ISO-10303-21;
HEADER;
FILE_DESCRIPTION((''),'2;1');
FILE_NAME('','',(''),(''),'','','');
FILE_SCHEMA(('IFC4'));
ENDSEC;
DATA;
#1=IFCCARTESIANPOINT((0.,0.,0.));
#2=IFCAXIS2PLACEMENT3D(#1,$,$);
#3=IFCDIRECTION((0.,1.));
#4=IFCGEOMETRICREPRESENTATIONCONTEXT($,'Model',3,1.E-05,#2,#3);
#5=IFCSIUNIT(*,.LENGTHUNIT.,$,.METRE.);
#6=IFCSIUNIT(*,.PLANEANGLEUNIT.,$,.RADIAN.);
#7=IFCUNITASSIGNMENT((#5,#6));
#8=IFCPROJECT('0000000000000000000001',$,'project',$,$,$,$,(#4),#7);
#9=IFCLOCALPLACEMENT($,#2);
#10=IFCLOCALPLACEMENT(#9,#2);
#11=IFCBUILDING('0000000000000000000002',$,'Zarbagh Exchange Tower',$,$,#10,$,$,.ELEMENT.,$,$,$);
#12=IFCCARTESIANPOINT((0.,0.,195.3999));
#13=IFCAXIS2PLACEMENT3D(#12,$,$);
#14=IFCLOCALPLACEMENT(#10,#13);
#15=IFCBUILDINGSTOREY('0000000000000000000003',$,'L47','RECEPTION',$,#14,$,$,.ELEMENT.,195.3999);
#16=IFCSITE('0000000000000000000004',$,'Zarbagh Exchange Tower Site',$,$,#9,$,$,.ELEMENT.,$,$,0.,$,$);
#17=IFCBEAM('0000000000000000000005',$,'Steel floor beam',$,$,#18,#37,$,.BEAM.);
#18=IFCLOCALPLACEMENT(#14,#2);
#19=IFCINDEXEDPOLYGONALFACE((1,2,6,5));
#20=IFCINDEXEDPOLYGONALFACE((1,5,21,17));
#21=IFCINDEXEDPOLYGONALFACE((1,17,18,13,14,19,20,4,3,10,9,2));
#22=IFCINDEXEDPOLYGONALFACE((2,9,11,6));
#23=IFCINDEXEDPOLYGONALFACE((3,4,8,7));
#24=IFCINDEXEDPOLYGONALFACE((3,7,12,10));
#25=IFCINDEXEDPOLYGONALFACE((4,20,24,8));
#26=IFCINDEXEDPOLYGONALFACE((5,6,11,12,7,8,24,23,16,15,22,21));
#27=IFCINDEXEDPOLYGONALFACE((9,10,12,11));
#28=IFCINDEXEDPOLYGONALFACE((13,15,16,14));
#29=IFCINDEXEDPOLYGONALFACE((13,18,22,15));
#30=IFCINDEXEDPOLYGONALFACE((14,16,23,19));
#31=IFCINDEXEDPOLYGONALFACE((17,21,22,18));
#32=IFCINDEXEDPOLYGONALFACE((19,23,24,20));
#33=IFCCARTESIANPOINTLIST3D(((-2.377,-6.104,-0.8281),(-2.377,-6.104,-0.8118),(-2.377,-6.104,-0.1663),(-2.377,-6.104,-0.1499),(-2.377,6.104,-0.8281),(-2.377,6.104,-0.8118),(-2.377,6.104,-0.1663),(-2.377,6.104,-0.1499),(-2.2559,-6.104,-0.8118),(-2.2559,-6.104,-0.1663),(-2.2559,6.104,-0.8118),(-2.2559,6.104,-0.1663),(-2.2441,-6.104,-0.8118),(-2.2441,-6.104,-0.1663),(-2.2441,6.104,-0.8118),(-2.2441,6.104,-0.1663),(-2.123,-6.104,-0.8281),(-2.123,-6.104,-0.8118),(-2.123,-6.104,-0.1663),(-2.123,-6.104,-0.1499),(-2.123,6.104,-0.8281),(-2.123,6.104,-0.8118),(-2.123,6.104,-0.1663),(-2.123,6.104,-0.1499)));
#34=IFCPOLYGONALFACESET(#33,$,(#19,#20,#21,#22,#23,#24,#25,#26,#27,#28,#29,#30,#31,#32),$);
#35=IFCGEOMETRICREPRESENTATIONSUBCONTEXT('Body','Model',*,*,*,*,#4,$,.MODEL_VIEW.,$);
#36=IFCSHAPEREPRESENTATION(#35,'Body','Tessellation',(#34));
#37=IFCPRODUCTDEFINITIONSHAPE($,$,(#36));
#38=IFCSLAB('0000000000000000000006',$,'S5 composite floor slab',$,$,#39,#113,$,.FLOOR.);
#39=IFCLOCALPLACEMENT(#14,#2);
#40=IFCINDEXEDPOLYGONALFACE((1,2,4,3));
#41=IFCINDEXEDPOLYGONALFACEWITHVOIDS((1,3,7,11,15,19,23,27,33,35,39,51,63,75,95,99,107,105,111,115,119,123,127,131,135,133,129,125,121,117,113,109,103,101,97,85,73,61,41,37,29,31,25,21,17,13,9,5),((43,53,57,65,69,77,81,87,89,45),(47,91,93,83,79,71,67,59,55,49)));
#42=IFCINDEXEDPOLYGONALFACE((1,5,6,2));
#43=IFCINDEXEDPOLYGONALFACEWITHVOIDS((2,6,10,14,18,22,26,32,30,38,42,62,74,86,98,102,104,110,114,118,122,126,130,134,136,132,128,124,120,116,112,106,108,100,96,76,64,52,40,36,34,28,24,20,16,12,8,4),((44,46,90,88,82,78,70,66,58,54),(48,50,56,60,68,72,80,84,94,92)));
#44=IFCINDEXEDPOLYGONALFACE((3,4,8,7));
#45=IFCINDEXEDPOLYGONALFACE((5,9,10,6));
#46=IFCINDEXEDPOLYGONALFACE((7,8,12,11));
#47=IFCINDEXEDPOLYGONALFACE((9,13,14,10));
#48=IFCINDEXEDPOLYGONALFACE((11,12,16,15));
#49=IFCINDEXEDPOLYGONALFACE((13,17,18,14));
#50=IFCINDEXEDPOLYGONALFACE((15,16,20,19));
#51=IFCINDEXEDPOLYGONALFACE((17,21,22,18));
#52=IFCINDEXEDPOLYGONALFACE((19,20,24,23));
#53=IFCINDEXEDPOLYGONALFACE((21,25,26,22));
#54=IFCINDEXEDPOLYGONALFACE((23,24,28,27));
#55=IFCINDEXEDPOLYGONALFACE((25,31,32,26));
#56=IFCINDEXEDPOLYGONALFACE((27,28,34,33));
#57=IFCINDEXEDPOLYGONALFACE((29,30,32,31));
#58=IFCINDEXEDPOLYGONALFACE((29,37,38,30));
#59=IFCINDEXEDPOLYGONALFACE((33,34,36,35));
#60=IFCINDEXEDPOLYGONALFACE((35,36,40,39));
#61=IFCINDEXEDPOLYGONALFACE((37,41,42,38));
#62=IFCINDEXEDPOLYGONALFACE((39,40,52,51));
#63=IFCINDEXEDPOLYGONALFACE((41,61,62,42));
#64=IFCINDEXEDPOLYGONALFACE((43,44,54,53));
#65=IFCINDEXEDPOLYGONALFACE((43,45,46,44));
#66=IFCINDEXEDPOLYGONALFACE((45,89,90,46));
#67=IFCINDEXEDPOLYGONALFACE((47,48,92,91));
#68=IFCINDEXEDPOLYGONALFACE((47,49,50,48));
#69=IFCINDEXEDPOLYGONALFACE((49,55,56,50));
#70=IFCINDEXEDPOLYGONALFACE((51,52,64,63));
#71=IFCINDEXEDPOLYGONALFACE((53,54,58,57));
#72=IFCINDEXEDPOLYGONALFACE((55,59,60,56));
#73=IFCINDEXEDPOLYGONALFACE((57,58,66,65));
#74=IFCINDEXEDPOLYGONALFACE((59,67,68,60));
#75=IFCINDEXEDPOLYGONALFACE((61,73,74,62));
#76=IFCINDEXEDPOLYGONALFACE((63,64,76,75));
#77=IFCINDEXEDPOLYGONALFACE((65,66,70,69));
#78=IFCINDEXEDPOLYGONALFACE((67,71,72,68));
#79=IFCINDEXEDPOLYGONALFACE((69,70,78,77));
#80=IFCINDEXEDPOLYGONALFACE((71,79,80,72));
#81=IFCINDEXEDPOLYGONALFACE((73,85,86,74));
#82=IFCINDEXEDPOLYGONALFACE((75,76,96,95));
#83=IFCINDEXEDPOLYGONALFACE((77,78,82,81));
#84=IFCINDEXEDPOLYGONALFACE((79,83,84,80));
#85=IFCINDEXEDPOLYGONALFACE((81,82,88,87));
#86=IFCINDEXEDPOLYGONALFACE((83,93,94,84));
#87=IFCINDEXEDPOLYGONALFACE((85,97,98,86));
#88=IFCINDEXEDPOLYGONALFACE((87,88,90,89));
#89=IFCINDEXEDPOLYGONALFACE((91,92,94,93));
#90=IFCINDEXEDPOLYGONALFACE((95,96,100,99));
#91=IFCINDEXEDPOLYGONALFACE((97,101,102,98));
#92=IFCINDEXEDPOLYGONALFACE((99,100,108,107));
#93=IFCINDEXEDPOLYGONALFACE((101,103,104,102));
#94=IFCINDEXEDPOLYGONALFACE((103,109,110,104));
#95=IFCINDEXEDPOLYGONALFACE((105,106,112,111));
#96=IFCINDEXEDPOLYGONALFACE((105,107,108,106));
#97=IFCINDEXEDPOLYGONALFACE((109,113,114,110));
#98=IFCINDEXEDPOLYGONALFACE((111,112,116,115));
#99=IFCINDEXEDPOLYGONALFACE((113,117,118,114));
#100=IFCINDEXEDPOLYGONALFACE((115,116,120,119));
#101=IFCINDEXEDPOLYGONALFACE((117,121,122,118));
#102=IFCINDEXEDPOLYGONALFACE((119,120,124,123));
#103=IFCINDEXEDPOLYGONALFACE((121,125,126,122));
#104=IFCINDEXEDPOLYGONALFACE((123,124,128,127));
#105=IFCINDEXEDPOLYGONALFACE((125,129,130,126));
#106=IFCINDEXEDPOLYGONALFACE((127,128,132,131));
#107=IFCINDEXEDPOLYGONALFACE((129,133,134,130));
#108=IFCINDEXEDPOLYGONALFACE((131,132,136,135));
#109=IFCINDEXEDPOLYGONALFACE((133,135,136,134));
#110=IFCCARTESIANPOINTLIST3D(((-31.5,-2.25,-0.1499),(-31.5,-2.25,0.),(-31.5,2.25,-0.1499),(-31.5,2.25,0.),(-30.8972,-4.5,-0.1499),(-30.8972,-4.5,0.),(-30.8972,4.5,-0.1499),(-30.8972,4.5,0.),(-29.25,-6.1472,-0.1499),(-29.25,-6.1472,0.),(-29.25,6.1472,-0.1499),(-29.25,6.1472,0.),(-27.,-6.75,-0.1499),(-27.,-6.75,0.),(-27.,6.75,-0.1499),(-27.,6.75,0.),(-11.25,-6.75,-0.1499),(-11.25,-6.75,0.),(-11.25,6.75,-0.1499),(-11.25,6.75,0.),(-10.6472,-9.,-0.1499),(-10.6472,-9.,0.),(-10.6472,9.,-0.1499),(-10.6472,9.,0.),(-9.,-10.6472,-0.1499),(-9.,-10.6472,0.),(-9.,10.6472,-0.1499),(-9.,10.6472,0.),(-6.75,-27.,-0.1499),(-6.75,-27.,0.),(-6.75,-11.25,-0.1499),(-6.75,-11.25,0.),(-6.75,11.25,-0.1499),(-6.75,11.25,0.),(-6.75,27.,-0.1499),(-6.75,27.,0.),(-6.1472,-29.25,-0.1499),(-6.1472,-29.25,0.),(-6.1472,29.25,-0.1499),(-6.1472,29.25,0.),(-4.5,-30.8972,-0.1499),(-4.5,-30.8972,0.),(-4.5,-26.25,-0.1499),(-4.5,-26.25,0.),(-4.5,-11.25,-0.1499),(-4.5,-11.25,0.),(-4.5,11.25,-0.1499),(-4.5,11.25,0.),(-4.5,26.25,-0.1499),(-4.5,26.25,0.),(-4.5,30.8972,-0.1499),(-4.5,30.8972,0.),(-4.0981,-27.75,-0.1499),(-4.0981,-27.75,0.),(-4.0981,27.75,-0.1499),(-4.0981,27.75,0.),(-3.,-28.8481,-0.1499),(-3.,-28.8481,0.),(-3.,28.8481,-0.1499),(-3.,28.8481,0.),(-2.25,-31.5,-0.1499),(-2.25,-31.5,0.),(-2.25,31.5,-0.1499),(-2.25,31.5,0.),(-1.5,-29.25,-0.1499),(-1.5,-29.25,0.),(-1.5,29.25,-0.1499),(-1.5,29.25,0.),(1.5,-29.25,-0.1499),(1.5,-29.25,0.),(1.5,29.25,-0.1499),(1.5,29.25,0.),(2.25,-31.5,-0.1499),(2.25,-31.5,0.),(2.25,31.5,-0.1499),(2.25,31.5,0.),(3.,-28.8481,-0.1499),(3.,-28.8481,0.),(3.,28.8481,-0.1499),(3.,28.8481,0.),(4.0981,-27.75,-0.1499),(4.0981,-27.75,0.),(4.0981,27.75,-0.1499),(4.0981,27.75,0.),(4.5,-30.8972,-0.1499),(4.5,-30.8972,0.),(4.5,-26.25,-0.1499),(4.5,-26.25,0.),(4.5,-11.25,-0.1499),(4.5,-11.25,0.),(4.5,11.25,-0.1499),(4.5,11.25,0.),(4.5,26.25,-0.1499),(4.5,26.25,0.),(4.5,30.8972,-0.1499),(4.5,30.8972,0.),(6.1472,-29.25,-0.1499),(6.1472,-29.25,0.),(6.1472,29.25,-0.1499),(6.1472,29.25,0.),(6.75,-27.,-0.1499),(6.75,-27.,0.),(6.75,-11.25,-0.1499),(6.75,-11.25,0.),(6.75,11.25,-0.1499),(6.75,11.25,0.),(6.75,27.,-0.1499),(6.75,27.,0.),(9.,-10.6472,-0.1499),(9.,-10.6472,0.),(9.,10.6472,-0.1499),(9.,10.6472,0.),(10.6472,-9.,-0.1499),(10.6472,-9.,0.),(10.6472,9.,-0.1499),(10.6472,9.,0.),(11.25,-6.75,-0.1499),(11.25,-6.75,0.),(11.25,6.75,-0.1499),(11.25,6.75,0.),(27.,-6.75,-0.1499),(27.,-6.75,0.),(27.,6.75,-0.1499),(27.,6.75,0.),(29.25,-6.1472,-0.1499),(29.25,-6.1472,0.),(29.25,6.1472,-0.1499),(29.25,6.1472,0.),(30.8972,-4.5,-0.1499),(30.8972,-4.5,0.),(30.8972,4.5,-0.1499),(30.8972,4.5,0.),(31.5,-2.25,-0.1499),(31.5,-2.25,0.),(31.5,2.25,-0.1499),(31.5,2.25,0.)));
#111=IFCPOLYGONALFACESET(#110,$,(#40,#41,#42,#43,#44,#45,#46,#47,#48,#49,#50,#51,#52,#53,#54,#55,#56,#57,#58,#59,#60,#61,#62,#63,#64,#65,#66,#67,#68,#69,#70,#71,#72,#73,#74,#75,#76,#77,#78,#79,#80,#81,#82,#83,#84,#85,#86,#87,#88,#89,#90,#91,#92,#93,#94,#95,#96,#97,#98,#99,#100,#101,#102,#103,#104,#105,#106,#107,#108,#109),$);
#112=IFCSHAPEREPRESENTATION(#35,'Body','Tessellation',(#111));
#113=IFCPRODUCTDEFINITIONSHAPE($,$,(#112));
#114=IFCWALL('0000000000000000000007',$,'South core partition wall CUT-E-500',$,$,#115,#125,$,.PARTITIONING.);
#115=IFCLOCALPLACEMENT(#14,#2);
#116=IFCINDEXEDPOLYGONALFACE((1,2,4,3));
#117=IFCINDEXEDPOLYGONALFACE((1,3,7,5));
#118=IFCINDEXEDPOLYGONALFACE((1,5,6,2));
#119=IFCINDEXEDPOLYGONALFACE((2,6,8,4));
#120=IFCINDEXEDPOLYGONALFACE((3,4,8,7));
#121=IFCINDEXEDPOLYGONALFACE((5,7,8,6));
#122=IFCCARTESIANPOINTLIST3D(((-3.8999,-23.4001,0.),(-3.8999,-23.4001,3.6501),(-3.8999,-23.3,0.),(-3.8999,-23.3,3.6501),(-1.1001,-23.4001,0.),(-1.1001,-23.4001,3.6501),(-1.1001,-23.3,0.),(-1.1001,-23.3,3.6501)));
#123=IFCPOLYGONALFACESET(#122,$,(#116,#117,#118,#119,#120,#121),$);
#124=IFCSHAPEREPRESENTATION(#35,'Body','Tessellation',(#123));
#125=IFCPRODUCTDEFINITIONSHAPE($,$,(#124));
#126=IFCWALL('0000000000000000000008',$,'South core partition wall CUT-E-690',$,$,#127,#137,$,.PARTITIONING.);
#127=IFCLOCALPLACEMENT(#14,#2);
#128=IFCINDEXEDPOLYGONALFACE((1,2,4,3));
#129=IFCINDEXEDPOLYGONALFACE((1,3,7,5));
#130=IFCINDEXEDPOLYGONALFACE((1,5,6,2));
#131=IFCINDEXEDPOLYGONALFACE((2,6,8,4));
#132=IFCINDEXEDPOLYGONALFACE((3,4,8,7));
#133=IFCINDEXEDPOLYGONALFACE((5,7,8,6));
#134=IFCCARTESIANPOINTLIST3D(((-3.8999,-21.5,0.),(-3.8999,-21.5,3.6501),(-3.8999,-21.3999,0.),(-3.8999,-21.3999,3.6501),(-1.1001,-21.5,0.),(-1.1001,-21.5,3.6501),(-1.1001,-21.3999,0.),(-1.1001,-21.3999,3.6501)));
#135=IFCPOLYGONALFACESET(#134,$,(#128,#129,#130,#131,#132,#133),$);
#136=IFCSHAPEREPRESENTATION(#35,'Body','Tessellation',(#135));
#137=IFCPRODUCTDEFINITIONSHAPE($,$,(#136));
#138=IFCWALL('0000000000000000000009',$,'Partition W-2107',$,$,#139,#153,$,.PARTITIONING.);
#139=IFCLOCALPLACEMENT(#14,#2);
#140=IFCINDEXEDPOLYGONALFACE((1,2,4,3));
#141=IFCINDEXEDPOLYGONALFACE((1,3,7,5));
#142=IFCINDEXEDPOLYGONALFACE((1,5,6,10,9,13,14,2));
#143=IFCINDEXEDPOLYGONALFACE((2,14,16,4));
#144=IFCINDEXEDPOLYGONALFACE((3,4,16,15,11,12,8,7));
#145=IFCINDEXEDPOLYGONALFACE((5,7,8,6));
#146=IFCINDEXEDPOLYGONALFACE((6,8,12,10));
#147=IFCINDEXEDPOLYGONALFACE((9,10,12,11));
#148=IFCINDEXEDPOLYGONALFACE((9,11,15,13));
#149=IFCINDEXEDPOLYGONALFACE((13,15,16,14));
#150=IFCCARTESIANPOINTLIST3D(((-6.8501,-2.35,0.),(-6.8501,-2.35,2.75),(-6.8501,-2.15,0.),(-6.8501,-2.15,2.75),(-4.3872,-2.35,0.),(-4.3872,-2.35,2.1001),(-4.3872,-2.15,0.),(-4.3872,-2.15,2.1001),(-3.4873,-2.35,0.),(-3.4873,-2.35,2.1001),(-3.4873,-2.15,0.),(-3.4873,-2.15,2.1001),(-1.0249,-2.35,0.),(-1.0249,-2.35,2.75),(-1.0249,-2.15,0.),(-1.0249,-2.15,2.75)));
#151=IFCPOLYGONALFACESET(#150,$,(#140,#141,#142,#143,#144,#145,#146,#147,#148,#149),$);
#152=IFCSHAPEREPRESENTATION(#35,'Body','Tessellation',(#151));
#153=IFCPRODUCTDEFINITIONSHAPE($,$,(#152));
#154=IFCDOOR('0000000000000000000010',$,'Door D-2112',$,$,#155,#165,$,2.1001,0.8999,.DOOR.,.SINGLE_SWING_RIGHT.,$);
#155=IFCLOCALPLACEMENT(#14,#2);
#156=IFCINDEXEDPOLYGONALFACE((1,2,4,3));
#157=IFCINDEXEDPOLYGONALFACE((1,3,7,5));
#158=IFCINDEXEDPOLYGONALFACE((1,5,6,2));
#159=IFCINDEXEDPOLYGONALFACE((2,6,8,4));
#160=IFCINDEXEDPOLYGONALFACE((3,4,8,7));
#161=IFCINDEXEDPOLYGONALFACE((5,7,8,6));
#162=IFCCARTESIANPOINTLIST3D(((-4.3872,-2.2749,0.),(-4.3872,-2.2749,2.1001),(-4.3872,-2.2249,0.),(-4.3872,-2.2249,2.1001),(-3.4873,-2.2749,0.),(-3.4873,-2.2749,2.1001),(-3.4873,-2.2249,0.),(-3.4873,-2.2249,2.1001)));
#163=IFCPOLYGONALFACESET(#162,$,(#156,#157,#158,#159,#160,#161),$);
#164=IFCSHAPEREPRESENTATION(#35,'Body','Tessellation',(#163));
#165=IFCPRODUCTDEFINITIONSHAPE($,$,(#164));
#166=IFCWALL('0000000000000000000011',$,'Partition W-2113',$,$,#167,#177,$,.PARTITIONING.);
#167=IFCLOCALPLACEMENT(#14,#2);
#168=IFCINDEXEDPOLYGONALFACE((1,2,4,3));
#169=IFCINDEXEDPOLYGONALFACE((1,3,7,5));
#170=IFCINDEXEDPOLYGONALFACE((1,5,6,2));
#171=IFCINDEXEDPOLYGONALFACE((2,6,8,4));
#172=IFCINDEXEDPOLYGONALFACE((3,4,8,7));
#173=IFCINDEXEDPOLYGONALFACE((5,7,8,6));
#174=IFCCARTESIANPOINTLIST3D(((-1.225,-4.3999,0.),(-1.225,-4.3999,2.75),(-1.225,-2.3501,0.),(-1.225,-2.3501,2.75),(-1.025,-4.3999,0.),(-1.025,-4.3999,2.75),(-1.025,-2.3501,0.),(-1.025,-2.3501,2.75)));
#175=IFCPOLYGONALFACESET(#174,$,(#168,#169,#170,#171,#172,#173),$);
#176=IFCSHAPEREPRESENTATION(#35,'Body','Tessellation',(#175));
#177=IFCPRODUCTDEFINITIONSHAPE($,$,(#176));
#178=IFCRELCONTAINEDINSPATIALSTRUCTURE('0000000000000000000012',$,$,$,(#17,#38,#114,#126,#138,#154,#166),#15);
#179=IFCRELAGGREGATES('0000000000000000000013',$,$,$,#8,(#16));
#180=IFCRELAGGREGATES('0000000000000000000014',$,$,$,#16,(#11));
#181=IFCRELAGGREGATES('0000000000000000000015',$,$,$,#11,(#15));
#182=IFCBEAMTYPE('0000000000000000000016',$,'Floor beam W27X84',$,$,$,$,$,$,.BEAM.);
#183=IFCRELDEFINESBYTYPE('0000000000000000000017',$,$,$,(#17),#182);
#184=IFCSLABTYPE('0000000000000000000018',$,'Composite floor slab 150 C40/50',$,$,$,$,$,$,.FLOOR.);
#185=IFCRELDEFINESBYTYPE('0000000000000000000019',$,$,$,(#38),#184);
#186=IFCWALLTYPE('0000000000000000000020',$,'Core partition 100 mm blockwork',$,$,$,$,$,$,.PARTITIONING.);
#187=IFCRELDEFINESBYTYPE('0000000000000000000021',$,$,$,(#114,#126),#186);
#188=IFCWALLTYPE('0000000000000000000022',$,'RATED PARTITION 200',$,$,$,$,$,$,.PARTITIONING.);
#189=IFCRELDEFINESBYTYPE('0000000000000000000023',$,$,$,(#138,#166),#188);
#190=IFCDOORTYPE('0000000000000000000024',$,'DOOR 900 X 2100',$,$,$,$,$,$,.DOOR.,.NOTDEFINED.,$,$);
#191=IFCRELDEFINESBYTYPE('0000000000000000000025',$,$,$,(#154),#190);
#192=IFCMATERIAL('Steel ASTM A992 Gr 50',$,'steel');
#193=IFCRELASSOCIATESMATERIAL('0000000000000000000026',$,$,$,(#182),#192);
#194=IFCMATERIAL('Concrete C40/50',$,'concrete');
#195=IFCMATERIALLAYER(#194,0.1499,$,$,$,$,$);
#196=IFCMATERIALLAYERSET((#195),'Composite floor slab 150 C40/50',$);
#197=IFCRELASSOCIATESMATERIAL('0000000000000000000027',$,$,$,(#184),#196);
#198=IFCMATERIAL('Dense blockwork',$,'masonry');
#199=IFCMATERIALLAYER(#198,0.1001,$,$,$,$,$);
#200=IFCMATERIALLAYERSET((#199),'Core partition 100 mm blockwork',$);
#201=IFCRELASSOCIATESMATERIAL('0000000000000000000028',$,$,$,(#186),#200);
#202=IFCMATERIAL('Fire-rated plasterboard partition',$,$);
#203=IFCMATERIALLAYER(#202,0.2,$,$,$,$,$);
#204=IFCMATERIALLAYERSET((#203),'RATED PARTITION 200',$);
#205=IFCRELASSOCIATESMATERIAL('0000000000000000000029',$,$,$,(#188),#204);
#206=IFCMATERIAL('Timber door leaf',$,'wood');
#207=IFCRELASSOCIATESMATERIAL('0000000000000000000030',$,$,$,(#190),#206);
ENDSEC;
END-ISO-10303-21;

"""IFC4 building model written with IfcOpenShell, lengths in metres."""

from ifc_helpers import new_model, si_unit, direction, frame, frame_2d, origin, origin_2d, place, context, subcontext, project, spatial, polyline, rectangle, i_section, outline, extrude, material, layer, layer_set, material_profile, profile_set, type_object, element, fill, save


model = new_model("IFC4")

# Units and contexts
model_context = context("Model", 3, precision=1e-05, world=origin(), true_north=direction((0.0, 1.0)))
body_context = subcontext(model_context, "Body", "Model", "MODEL_VIEW")
ifc_project = project(units=[si_unit("LENGTHUNIT", "METRE"), si_unit("PLANEANGLEUNIT", "RADIAN")], contexts=[model_context])

# Site, building, storey
site_placement = place(None, origin())
site = spatial("IfcSite", under=ifc_project, at=site_placement, Name="Zarbagh Exchange Tower Site", CompositionType="ELEMENT", RefElevation=0.0)
building_placement = place(site_placement, origin())
building = spatial("IfcBuilding", under=site, at=building_placement, Name="Zarbagh Exchange Tower", CompositionType="ELEMENT")
storey_placement = place(building_placement, frame((0.0, 0.0, 195.3999)))
storey = spatial("IfcBuildingStorey", under=building, at=storey_placement, Name="L47", Description="RECEPTION", CompositionType="ELEMENT", Elevation=195.3999)

# Beam
ifc_material_1 = material(Name="Steel ASTM A992 Gr 50", Category="steel")
ifc_material_profile = material_profile(ifc_material_1, i_section(OverallWidth=0.2539, OverallDepth=0.6782, WebThickness=0.0117, FlangeThickness=0.0164, at=origin_2d()), Name="W27X84")
ifc_profile_set = profile_set([ifc_material_profile], Name="Steel ASTM A992 Gr 50")
beam_type = type_object("IfcBeamType", Name="Floor beam W27X84", PredefinedType="BEAM", material=ifc_profile_set)
beam_placement = place(storey_placement, frame((-2.25, -6.104, -0.489), z_axis=(0.0, 1.0, 0.0), x_axis=(-1.0, 0.0, 0.0)))
element("IfcBeam", 1, at=beam_placement, inside=storey, type_object=beam_type, Name="Steel floor beam", PredefinedType="BEAM", context=body_context, shape_type="SweptSolid", body=[
    extrude(i_section(OverallWidth=0.2539, OverallDepth=0.6782, WebThickness=0.0117, FlangeThickness=0.0164, at=origin_2d()), origin(), (0.0, 0.0, 1.0), 12.208),
])

# Slab
ifc_material_2 = material(Name="Concrete C40/50", Category="concrete")
ifc_layer_1 = layer(ifc_material_2, 0.1499)
ifc_layer_set_1 = layer_set([ifc_layer_1], Name="Composite floor slab 150 C40/50")
slab_type = type_object("IfcSlabType", Name="Composite floor slab 150 C40/50", PredefinedType="FLOOR", material=ifc_layer_set_1)
slab_placement = place(storey_placement, frame((0.0, 0.0, -0.1499)))
element("IfcSlab", 2, at=slab_placement, inside=storey, type_object=slab_type, Name="S5 composite floor slab", PredefinedType="FLOOR", context=body_context, shape_type="SweptSolid", body=[
    extrude(outline(polyline([(-2.25, -31.5), (-4.5, -30.8972), (-6.1472, -29.25), (-6.75, -27.0), (-6.75, -11.25), (-9.0, -10.6472), (-10.6472, -9.0), (-11.25, -6.75), (-27.0, -6.75), (-29.25, -6.1472), (-30.8972, -4.5), (-31.5, -2.25), (-31.5, 2.25), (-30.8972, 4.5), (-29.25, 6.1472), (-27.0, 6.75), (-11.25, 6.75), (-10.6472, 9.0), (-9.0, 10.6472), (-6.75, 11.25), (-6.75, 27.0), (-6.1472, 29.25), (-4.5, 30.8972), (-2.25, 31.5), (2.25, 31.5), (4.5, 30.8972), (6.1472, 29.25), (6.75, 27.0), (6.75, 11.25), (9.0, 10.6472), (10.6472, 9.0), (11.25, 6.75), (27.0, 6.75), (29.25, 6.1472), (30.8972, 4.5), (31.5, 2.25), (31.5, -2.25), (30.8972, -4.5), (29.25, -6.1472), (27.0, -6.75), (11.25, -6.75), (10.6472, -9.0), (9.0, -10.6472), (6.75, -11.25), (6.75, -27.0), (6.1472, -29.25), (4.5, -30.8972), (2.25, -31.5), (-2.25, -31.5)]), holes=[polyline([(4.5, 11.25), (4.5, 26.25), (4.0981, 27.75), (3.0, 28.8481), (1.5, 29.25), (-1.5, 29.25), (-3.0, 28.8481), (-4.0981, 27.75), (-4.5, 26.25), (-4.5, 11.25), (4.5, 11.25)]), polyline([(-1.5, -29.25), (1.5, -29.25), (3.0, -28.8481), (4.0981, -27.75), (4.5, -26.25), (4.5, -11.25), (-4.5, -11.25), (-4.5, -26.25), (-4.0981, -27.75), (-3.0, -28.8481), (-1.5, -29.25)])]), origin(), (0.0, 0.0, 1.0), 0.1499),
])

# Walls
ifc_material_3 = material(Name="Dense blockwork", Category="masonry")
ifc_layer_2 = layer(ifc_material_3, 0.1001)
ifc_layer_set_2 = layer_set([ifc_layer_2], Name="Core partition 100 mm blockwork")
wall_type_1 = type_object("IfcWallType", Name="Core partition 100 mm blockwork", PredefinedType="PARTITIONING", material=ifc_layer_set_2)
for number, where, z_axis, x_axis, name in (
    (3, (-1.1001, -23.3501, 0.0), (0.0, 0.0, 1.0), (-1.0, 0.0, 0.0), "South core partition wall CUT-E-500"),
    (4, (-1.1001, -21.45, 0.0), (0.0, 0.0, 1.0), (-1.0, 0.0, 0.0), "South core partition wall CUT-E-690"),
):
    element("IfcWall", number, at=place(storey_placement, frame(where, z_axis=z_axis, x_axis=x_axis)), inside=storey, type_object=wall_type_1, Name=name, PredefinedType="PARTITIONING", context=body_context, shape_type="SweptSolid", body=[
        extrude(rectangle(XDim=2.7998, YDim=0.1001, at=frame_2d((1.3999, 0.0))), origin(), (0.0, 0.0, 1.0), 3.6501),
    ])

# Wall, opening, door
ifc_material_4 = material(Name="Fire-rated plasterboard partition")
ifc_layer_3 = layer(ifc_material_4, 0.2)
ifc_layer_set_3 = layer_set([ifc_layer_3], Name="RATED PARTITION 200")
wall_type_2 = type_object("IfcWallType", Name="RATED PARTITION 200", PredefinedType="PARTITIONING", material=ifc_layer_set_3)
wall_1_placement = place(storey_placement, frame((-1.0249, -2.25, 0.0), z_axis=(0.0, 0.0, 1.0), x_axis=(-1.0, 0.0, 0.0)))
wall_1 = element("IfcWall", 5, at=wall_1_placement, inside=storey, type_object=wall_type_2, Name="Partition W-2107", PredefinedType="PARTITIONING", context=body_context, shape_type="SweptSolid", body=[
    extrude(rectangle(XDim=5.8252, YDim=0.2, at=frame_2d((2.9126, 0.0))), origin(), (0.0, 0.0, 1.0), 2.75),
])
opening_1_placement = place(wall_1_placement, frame((2.4624, 0.0, 0.0)))
opening_1 = element("IfcOpeningElement", 6, at=opening_1_placement, cuts=wall_1, PredefinedType="OPENING", context=body_context, shape_type="SweptSolid", body=[
    extrude(rectangle(XDim=0.8999, YDim=2.1001, at=frame_2d((0.45, 1.05))), frame((0.0, 0.1099, 0.0), z_axis=(0.0, -1.0, 0.0), x_axis=(1.0, 0.0, 0.0)), (0.0, 0.0, 1.0), 0.22),
])
ifc_material_5 = material(Name="Timber door leaf", Category="wood")
door_type_1 = type_object("IfcDoorType", Name="DOOR 900 X 2100", OperationType="NOTDEFINED", PredefinedType="DOOR", material=ifc_material_5)
door_1_placement = place(opening_1_placement, origin())
door_1 = element("IfcDoor", 7, at=door_1_placement, inside=storey, type_object=door_type_1, Name="Door D-2112", OperationType="SINGLE_SWING_RIGHT", OverallHeight=2.1001, OverallWidth=0.8999, PredefinedType="DOOR", context=body_context, shape_type="SweptSolid", body=[
    extrude(rectangle(XDim=0.8999, YDim=2.1001, at=frame_2d((0.45, 1.05))), frame((0.0, 0.0249, 0.0), z_axis=(0.0, -1.0, 0.0), x_axis=(1.0, 0.0, 0.0)), (0.0, 0.0, 1.0), 0.05),
])
fill(opening_1, door_1)

# Wall
wall_2_placement = place(storey_placement, frame((-1.125, -4.3999, 0.0), z_axis=(0.0, 0.0, 1.0), x_axis=(0.0, 1.0, 0.0)))
element("IfcWall", 8, at=wall_2_placement, inside=storey, type_object=wall_type_2, Name="Partition W-2113", PredefinedType="PARTITIONING", context=body_context, shape_type="SweptSolid", body=[
    extrude(rectangle(XDim=2.0498, YDim=0.2, at=frame_2d((1.0249, 0.0))), origin(), (0.0, 0.0, 1.0), 2.75),
])

save(model, "model.ifc")
